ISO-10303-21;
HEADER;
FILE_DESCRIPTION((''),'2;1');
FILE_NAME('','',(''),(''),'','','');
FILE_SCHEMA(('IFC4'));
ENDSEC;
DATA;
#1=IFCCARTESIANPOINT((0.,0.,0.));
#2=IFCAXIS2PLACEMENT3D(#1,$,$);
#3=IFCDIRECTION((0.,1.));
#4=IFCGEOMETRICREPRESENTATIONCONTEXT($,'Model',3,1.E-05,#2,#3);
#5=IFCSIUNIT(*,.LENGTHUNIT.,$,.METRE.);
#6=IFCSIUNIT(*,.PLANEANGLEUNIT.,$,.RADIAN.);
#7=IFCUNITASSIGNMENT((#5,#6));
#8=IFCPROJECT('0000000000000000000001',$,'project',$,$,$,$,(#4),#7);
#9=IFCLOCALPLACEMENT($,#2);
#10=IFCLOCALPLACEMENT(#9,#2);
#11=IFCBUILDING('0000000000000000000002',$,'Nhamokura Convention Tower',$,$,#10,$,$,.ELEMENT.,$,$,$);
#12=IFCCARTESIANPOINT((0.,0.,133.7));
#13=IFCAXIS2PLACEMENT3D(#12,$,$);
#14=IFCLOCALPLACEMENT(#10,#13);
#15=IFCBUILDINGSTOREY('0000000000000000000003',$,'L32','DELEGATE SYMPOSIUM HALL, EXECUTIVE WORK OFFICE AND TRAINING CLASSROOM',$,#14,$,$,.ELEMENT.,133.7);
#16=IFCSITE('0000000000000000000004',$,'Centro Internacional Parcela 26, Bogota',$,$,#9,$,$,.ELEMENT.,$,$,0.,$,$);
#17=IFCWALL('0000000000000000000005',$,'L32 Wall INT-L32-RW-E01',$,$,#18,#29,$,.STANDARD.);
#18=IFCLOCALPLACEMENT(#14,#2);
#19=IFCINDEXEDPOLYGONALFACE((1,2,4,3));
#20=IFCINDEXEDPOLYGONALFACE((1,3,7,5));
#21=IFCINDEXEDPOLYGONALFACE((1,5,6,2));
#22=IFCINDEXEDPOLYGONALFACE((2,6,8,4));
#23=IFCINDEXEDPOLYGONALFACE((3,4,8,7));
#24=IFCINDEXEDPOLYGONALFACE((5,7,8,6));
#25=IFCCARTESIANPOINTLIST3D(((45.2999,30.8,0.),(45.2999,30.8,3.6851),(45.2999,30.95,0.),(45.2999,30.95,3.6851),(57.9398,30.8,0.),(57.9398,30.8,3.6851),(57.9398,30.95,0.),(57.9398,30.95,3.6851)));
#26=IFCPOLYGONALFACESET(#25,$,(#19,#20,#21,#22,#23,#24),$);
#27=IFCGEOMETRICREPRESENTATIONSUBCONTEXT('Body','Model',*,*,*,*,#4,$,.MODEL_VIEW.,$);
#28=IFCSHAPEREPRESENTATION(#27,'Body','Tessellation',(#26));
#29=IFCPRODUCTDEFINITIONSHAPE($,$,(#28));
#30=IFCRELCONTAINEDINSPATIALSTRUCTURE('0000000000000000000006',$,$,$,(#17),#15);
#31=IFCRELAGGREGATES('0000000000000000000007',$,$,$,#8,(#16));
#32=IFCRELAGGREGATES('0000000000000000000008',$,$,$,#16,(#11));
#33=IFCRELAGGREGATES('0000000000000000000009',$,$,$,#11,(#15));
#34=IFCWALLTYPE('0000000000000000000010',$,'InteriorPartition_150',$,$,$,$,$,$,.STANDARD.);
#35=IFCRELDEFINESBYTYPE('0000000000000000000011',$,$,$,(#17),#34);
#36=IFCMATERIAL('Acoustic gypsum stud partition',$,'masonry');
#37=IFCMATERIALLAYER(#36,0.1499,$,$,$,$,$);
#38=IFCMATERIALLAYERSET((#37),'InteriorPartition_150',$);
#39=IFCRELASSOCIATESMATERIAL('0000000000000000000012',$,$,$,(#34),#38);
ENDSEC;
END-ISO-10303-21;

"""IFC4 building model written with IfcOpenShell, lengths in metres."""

from ifc_helpers import new_model, si_unit, direction, frame, frame_2d, origin, place, context, subcontext, project, spatial, rectangle, extrude, material, layer, layer_set, type_object, element, save


model = new_model("IFC4")

# Units and contexts
model_context = context("Model", 3, precision=1e-05, world=origin(), true_north=direction((0.0, 1.0)))
body_context = subcontext(model_context, "Body", "Model", "MODEL_VIEW")
ifc_project = project(units=[si_unit("LENGTHUNIT", "METRE"), si_unit("PLANEANGLEUNIT", "RADIAN")], contexts=[model_context])

# Site, building, storey
site_placement = place(None, origin())
site = spatial("IfcSite", under=ifc_project, at=site_placement, Name="Centro Internacional Parcela 26, Bogota", CompositionType="ELEMENT", RefElevation=0.0)
building_placement = place(site_placement, origin())
building = spatial("IfcBuilding", under=site, at=building_placement, Name="Nhamokura Convention Tower", CompositionType="ELEMENT")
storey_placement = place(building_placement, frame((0.0, 0.0, 133.7)))
storey = spatial("IfcBuildingStorey", under=building, at=storey_placement, Name="L32", Description="DELEGATE SYMPOSIUM HALL, EXECUTIVE WORK OFFICE AND TRAINING CLASSROOM", CompositionType="ELEMENT", Elevation=133.7)

# Wall
ifc_material_1 = material(Name="Acoustic gypsum stud partition", Category="masonry")
ifc_layer_1 = layer(ifc_material_1, 0.1499)
ifc_layer_set_1 = layer_set([ifc_layer_1], Name="InteriorPartition_150")
wall_type_1 = type_object("IfcWallType", Name="InteriorPartition_150", PredefinedType="STANDARD", material=ifc_layer_set_1)
wall_1_placement = place(storey_placement, frame((45.3, 30.875, 0.0), z_axis=(0.0, 0.0, 1.0), x_axis=(1.0, 0.0, 0.0)))
element("IfcWall", 1, at=wall_1_placement, inside=storey, type_object=wall_type_1, Name="L32 Wall INT-L32-RW-E01", PredefinedType="STANDARD", context=body_context, shape_type="SweptSolid", body=[
    extrude(rectangle(XDim=12.6399, YDim=0.1499, at=frame_2d((6.3198, 0.0))), origin(), (0.0, 0.0, 1.0), 3.6851),
])

save(model, "model.ifc")
